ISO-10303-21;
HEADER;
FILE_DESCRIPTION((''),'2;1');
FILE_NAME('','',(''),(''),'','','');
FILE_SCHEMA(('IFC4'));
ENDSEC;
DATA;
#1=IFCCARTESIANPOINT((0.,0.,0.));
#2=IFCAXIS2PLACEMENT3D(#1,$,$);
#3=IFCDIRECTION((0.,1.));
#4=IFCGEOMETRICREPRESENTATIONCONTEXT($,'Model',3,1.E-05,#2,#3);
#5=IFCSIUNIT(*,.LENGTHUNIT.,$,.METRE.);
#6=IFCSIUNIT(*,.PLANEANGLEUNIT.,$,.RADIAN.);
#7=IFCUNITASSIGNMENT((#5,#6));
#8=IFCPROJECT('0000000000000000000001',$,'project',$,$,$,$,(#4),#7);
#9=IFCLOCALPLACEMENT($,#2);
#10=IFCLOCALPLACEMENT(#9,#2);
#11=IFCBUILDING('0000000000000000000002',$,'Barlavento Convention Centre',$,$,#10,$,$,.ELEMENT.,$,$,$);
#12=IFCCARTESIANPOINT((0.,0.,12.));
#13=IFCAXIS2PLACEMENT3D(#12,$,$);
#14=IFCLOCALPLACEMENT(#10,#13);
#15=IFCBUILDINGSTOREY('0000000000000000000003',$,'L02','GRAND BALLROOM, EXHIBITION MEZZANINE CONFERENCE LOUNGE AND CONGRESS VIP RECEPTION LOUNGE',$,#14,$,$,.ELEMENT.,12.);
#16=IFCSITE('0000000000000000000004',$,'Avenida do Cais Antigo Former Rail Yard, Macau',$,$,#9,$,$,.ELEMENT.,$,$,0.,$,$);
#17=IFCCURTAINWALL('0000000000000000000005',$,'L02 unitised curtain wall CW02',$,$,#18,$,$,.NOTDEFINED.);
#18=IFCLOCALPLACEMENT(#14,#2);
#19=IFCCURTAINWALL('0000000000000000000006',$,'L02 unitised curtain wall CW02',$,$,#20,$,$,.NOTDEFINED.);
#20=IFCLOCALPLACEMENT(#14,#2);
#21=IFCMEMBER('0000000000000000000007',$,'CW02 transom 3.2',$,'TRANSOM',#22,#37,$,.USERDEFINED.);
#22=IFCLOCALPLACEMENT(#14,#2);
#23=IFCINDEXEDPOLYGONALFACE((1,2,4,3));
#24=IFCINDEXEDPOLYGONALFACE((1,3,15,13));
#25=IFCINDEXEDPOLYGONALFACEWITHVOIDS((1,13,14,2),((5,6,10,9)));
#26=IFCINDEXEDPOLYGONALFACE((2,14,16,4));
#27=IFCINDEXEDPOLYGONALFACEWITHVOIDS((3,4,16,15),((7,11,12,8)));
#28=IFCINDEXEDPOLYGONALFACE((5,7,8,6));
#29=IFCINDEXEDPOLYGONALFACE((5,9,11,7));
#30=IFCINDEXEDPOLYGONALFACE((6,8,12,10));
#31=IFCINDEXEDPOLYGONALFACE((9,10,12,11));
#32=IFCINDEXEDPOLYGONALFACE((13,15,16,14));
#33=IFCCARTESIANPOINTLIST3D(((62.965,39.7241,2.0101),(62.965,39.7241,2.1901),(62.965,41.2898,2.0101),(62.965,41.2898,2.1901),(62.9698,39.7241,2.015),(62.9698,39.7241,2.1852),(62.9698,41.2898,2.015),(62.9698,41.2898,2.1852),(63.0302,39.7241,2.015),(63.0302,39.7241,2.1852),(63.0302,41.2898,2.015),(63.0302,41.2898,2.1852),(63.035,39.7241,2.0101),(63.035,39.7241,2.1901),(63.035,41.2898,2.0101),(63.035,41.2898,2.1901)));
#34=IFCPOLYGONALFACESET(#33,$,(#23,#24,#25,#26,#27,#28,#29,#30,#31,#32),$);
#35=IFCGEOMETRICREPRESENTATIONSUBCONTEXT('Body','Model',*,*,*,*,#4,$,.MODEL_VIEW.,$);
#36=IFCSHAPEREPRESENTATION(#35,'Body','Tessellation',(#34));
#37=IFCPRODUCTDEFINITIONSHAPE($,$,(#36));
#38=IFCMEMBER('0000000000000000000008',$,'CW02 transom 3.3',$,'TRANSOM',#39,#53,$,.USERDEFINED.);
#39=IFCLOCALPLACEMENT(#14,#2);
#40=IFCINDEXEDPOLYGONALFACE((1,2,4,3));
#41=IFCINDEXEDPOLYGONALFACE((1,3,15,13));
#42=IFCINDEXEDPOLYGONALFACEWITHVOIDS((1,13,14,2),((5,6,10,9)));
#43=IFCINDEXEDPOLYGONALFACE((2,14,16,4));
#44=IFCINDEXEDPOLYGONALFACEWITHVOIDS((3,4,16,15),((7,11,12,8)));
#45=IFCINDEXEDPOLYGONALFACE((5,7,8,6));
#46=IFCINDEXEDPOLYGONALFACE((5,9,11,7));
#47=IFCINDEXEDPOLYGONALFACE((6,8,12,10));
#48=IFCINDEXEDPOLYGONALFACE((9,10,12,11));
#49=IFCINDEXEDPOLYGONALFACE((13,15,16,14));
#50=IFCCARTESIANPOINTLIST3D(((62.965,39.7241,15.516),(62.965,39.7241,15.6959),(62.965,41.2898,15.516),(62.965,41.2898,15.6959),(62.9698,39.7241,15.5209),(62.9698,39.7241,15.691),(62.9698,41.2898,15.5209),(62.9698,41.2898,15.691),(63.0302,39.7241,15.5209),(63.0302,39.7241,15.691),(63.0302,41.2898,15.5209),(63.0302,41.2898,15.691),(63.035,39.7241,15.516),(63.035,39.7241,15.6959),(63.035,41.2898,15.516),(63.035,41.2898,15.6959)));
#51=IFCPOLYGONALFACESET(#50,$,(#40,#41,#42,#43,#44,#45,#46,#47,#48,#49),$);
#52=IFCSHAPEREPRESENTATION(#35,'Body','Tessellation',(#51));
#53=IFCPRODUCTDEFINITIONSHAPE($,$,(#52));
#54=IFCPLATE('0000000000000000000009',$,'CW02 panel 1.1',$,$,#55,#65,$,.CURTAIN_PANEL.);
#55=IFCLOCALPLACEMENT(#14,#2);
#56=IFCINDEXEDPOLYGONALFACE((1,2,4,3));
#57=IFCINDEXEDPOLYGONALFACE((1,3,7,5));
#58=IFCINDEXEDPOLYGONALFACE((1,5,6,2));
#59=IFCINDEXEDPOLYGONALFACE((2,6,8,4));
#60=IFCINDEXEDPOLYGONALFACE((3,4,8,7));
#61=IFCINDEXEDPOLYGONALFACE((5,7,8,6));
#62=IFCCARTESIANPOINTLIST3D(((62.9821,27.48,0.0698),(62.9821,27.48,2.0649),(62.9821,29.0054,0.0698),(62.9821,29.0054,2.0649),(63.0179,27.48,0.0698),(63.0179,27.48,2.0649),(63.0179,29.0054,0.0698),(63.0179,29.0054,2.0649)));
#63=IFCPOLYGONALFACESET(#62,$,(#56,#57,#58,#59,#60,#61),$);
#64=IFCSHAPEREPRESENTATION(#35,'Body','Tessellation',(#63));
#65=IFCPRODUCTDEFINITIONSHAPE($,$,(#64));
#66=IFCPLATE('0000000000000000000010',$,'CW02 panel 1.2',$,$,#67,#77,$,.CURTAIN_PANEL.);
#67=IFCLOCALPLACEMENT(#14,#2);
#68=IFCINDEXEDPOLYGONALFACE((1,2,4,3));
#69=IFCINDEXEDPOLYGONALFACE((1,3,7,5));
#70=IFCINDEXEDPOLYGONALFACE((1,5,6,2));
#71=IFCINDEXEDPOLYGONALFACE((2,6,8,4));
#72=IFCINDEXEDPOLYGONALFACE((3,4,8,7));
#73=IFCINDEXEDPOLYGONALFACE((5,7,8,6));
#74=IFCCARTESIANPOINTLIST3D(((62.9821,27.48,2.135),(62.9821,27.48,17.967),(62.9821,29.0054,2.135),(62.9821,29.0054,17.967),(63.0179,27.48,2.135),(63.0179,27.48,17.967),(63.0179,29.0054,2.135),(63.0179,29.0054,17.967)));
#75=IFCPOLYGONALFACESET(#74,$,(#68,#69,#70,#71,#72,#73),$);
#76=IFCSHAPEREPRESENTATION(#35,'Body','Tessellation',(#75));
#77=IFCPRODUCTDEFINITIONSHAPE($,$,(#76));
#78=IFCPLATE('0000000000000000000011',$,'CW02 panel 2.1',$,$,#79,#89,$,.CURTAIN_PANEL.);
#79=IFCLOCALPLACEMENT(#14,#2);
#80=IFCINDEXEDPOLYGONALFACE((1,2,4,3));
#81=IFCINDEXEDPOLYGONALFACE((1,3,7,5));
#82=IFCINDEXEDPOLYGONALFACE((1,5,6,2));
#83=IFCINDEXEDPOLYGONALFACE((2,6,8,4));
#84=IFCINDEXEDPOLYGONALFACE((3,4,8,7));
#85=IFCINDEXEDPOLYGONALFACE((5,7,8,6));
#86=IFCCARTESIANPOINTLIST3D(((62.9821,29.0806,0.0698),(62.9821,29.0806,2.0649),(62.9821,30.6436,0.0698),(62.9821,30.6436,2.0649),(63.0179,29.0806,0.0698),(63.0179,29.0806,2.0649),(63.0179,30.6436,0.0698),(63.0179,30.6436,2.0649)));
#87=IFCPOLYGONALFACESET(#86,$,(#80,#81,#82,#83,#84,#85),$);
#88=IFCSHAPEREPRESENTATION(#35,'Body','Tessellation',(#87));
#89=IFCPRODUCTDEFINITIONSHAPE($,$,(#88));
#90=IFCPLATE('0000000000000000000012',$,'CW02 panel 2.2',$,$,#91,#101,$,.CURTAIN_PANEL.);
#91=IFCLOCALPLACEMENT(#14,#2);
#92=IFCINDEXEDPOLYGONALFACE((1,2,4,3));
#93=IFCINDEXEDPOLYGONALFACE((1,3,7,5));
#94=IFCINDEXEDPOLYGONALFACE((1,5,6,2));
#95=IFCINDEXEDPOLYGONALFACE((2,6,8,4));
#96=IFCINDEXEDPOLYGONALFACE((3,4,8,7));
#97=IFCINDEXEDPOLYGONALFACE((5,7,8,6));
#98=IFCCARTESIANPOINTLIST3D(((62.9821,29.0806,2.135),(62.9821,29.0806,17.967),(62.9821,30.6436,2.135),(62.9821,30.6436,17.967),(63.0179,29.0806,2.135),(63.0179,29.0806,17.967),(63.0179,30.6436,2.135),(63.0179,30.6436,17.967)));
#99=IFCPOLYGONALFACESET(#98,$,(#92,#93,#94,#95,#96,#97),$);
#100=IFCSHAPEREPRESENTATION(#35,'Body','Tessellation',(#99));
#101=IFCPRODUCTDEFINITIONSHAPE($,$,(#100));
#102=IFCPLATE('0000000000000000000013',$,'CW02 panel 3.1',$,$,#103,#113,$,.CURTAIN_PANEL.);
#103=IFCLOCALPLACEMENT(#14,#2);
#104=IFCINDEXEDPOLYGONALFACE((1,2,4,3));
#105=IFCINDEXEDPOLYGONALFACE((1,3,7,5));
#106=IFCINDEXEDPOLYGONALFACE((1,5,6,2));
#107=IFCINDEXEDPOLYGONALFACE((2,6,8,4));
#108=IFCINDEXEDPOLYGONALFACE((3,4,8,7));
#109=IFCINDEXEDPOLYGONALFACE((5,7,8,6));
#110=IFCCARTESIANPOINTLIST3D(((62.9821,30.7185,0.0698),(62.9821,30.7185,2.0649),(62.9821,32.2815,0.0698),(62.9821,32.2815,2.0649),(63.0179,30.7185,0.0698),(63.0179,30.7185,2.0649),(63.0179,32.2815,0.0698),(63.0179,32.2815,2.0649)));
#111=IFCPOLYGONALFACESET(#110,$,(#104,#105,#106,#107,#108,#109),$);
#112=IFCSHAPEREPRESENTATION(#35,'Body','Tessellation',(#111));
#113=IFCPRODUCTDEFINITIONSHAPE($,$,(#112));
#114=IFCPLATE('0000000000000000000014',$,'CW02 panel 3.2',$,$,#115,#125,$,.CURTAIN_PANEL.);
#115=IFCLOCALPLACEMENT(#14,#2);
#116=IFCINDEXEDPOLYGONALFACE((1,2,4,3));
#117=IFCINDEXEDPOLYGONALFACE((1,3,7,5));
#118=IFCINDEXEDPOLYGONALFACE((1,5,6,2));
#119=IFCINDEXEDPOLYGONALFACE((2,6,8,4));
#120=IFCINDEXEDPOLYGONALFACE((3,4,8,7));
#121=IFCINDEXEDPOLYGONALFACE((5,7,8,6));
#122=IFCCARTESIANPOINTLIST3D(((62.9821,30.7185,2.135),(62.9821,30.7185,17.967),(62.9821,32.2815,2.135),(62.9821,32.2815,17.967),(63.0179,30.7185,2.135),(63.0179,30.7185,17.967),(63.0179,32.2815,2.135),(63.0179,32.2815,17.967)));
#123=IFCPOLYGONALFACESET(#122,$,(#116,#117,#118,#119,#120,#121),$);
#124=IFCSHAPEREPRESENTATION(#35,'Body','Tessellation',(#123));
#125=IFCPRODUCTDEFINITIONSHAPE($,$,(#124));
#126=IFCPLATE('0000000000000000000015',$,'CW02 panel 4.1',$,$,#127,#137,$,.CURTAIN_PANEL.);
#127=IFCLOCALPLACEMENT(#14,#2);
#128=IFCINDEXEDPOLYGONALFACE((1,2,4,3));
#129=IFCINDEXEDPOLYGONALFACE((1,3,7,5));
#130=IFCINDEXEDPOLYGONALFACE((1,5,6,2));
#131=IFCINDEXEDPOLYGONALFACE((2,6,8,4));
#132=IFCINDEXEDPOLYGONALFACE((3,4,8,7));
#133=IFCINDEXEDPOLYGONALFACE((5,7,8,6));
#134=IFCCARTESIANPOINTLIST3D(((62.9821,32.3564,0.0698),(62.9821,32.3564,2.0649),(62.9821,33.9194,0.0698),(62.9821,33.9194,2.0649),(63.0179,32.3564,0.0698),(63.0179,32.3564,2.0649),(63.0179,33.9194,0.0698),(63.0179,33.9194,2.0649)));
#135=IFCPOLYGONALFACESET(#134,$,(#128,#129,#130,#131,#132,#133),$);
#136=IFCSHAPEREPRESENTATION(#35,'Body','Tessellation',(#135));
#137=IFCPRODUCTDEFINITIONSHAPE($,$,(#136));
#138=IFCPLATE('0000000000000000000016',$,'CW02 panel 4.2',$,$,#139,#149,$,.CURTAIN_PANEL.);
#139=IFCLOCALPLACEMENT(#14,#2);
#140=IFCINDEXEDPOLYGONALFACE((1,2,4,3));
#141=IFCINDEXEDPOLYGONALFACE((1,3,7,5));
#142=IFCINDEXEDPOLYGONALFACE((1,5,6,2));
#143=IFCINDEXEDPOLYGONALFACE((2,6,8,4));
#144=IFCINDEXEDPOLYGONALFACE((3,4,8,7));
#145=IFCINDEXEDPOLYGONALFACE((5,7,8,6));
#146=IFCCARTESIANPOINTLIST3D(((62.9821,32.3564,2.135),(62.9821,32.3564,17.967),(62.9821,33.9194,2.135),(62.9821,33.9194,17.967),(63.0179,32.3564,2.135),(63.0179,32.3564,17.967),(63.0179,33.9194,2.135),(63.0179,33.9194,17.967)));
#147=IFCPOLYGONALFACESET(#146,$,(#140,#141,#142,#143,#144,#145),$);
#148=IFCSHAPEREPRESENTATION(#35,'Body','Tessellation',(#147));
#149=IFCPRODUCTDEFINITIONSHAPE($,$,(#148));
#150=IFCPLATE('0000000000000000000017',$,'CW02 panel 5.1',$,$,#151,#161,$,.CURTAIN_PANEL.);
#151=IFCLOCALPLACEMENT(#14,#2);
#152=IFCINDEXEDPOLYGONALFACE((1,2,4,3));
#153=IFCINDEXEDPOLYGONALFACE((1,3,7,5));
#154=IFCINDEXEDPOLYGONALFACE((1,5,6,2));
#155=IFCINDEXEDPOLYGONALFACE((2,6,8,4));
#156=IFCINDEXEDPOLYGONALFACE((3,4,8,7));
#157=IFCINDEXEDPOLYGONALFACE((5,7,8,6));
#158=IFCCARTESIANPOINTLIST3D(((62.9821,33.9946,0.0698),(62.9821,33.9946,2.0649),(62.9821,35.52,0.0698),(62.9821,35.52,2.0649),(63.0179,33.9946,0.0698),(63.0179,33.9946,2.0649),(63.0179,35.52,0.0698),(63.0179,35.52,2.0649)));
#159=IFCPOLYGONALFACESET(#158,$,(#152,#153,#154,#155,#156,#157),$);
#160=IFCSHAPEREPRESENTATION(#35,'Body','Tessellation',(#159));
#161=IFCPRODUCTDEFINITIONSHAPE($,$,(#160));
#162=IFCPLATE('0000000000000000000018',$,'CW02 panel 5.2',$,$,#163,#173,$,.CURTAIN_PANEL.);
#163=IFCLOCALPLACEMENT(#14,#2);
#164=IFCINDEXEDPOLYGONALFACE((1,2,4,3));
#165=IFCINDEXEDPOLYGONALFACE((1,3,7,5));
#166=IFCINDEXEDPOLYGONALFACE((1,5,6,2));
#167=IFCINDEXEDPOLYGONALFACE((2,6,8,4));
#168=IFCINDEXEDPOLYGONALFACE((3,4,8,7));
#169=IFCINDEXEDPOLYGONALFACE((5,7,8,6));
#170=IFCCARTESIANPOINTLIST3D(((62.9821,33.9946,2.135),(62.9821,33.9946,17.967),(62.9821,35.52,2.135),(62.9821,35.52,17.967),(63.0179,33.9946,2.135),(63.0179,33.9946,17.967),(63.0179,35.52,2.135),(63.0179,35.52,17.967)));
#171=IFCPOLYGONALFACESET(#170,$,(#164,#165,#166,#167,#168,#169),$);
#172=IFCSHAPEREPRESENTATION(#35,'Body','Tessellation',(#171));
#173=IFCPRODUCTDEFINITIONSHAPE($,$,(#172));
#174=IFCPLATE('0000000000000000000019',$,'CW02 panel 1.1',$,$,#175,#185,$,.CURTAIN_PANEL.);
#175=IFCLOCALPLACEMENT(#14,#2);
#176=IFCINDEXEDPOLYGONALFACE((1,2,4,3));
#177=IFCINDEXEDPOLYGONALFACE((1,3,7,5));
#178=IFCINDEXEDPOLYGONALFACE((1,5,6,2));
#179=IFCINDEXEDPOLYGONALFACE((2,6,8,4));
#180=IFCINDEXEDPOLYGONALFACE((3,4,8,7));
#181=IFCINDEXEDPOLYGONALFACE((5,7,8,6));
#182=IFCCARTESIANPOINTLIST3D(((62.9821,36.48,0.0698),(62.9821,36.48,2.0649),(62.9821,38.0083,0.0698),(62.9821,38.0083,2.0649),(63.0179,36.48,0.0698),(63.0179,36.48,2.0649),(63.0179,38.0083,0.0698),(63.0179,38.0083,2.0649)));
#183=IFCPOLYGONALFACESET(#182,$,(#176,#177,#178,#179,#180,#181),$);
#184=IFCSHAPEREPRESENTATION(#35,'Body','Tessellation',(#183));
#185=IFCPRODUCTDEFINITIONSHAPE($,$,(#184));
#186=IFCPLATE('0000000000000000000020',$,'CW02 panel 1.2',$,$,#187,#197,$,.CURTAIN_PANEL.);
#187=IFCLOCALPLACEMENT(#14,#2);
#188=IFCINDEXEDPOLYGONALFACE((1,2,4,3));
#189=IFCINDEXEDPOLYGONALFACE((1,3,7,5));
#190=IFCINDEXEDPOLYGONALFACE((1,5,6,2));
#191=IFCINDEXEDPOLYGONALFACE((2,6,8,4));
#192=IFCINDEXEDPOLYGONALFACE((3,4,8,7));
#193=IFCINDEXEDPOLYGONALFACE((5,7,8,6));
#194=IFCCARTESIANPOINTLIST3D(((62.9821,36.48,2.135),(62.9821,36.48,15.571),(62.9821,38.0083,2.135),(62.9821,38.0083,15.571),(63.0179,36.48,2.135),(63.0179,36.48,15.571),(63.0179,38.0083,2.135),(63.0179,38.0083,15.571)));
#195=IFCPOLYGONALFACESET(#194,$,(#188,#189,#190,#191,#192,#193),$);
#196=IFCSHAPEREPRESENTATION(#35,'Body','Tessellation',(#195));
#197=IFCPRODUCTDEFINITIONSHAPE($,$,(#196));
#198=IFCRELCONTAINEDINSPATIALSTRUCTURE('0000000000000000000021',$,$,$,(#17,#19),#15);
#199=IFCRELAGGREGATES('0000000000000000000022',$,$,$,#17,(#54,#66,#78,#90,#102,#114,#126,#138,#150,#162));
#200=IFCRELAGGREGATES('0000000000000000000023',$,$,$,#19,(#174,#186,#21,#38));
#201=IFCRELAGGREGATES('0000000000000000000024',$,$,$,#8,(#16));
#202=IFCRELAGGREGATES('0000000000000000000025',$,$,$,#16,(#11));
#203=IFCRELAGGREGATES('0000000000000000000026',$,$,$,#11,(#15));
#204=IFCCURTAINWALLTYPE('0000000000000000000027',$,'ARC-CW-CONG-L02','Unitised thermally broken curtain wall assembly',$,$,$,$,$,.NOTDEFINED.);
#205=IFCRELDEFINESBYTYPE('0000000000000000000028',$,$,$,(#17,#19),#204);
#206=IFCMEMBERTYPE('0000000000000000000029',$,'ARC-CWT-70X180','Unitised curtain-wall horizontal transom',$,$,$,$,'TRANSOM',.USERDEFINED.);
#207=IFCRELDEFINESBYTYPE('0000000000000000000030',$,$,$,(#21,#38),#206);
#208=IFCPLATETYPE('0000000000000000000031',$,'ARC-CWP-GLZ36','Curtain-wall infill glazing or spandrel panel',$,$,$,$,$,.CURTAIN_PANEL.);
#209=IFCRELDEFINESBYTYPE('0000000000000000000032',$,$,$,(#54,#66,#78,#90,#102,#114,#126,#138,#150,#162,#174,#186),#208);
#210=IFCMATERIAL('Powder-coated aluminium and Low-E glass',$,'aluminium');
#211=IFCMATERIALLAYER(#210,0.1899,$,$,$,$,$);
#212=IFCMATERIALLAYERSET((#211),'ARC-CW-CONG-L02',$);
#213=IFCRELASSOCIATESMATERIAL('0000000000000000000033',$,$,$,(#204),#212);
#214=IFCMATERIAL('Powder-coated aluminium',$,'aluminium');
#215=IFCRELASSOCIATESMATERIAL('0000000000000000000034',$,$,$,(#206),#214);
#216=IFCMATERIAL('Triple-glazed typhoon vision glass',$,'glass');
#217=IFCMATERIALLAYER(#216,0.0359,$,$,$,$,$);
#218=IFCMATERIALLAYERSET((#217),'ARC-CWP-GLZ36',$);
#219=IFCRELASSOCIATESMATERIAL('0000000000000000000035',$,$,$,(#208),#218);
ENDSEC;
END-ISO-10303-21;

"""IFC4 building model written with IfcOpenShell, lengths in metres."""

from ifc_helpers import new_model, si_unit, direction, frame, origin, origin_2d, place, context, subcontext, project, spatial, rectangle, hollow_rectangle, extrude, material, layer, layer_set, material_profile, profile_set, type_object, element, aggregate, save


model = new_model("IFC4")

# Units and contexts
model_context = context("Model", 3, precision=1e-05, world=origin(), true_north=direction((0.0, 1.0)))
body_context = subcontext(model_context, "Body", "Model", "MODEL_VIEW")
ifc_project = project(units=[si_unit("LENGTHUNIT", "METRE"), si_unit("PLANEANGLEUNIT", "RADIAN")], contexts=[model_context])

# Site, building, storey
site_placement = place(None, origin())
site = spatial("IfcSite", under=ifc_project, at=site_placement, Name="Avenida do Cais Antigo Former Rail Yard, Macau", CompositionType="ELEMENT", RefElevation=0.0)
building_placement = place(site_placement, origin())
building = spatial("IfcBuilding", under=site, at=building_placement, Name="Barlavento Convention Centre", CompositionType="ELEMENT")
storey_placement = place(building_placement, frame((0.0, 0.0, 12.0)))
storey = spatial("IfcBuildingStorey", under=building, at=storey_placement, Name="L02", Description="GRAND BALLROOM, EXHIBITION MEZZANINE CONFERENCE LOUNGE AND CONGRESS VIP RECEPTION LOUNGE", CompositionType="ELEMENT", Elevation=12.0)

# Curtain walls, members
ifc_material_1 = material(Name="Powder-coated aluminium and Low-E glass", Category="aluminium")
ifc_layer_1 = layer(ifc_material_1, 0.1899)
ifc_layer_set_1 = layer_set([ifc_layer_1], Name="ARC-CW-CONG-L02")
curtain_wall_type = type_object("IfcCurtainWallType", Name="ARC-CW-CONG-L02", Description="Unitised thermally broken curtain wall assembly", PredefinedType="NOTDEFINED", material=ifc_layer_set_1)
curtain_wall_1_placement = place(storey_placement, origin())
curtain_wall_1 = element("IfcCurtainWall", 1, at=curtain_wall_1_placement, inside=storey, type_object=curtain_wall_type, Name="L02 unitised curtain wall CW02", PredefinedType="NOTDEFINED")
ifc_material_2 = material(Name="Powder-coated aluminium", Category="aluminium")
ifc_material_profile = material_profile(ifc_material_2, hollow_rectangle(XDim=0.0701, YDim=0.1799, WallThickness=0.0049, at=origin_2d()), Name="AL-TRAN 70x180x5")
ifc_profile_set = profile_set([ifc_material_profile], Name="Powder-coated aluminium")
member_type = type_object("IfcMemberType", Name="ARC-CWT-70X180", Description="Unitised curtain-wall horizontal transom", ElementType="TRANSOM", PredefinedType="USERDEFINED", material=ifc_profile_set)
curtain_wall_2_placement = place(storey_placement, origin())
curtain_wall_2 = element("IfcCurtainWall", 2, at=curtain_wall_2_placement, inside=storey, type_object=curtain_wall_type, Name="L02 unitised curtain wall CW02", PredefinedType="NOTDEFINED")
member_1_placement = place(storey_placement, frame((63.0, 39.7241, 2.1001), z_axis=(0.0, 1.0, 0.0), x_axis=(-1.0, 0.0, 0.0)))
member_1 = element("IfcMember", 3, at=member_1_placement, type_object=member_type, Name="CW02 transom 3.2", ObjectType="TRANSOM", PredefinedType="USERDEFINED", context=body_context, shape_type="SweptSolid", body=[
    extrude(hollow_rectangle(XDim=0.0701, YDim=0.1799, WallThickness=0.0049, at=origin_2d()), origin(), (0.0, 0.0, 1.0), 1.5657),
])
member_2_placement = place(storey_placement, frame((63.0, 39.7241, 15.606), z_axis=(0.0, 1.0, 0.0), x_axis=(-1.0, 0.0, 0.0)))
member_2 = element("IfcMember", 4, at=member_2_placement, type_object=member_type, Name="CW02 transom 3.3", ObjectType="TRANSOM", PredefinedType="USERDEFINED", context=body_context, shape_type="SweptSolid", body=[
    extrude(hollow_rectangle(XDim=0.0701, YDim=0.1799, WallThickness=0.0049, at=origin_2d()), origin(), (0.0, 0.0, 1.0), 1.5657),
])

# Plates
ifc_material_3 = material(Name="Triple-glazed typhoon vision glass", Category="glass")
ifc_layer_2 = layer(ifc_material_3, 0.0359)
ifc_layer_set_2 = layer_set([ifc_layer_2], Name="ARC-CWP-GLZ36")
plate_type = type_object("IfcPlateType", Name="ARC-CWP-GLZ36", Description="Curtain-wall infill glazing or spandrel panel", PredefinedType="CURTAIN_PANEL", material=ifc_layer_set_2)
plate_1_placement = place(storey_placement, frame((63.0, 28.2427, 0.0698), z_axis=(0.0, 0.0, 1.0), x_axis=(0.0, 1.0, 0.0)))
plate_1 = element("IfcPlate", 5, at=plate_1_placement, type_object=plate_type, Name="CW02 panel 1.1", PredefinedType="CURTAIN_PANEL", context=body_context, shape_type="SweptSolid", body=[
    extrude(rectangle(XDim=1.5254, YDim=0.0359, at=origin_2d()), origin(), (0.0, 0.0, 1.0), 1.9951),
])
plate_2_placement = place(storey_placement, frame((63.0, 28.2427, 2.135), z_axis=(0.0, 0.0, 1.0), x_axis=(0.0, 1.0, 0.0)))
plate_2 = element("IfcPlate", 6, at=plate_2_placement, type_object=plate_type, Name="CW02 panel 1.2", PredefinedType="CURTAIN_PANEL", context=body_context, shape_type="SweptSolid", body=[
    extrude(rectangle(XDim=1.5254, YDim=0.0359, at=origin_2d()), origin(), (0.0, 0.0, 1.0), 15.832),
])
plate_3_placement = place(storey_placement, frame((63.0, 29.8621, 0.0698), z_axis=(0.0, 0.0, 1.0), x_axis=(0.0, 1.0, 0.0)))
plate_3 = element("IfcPlate", 7, at=plate_3_placement, type_object=plate_type, Name="CW02 panel 2.1", PredefinedType="CURTAIN_PANEL", context=body_context, shape_type="SweptSolid", body=[
    extrude(rectangle(XDim=1.563, YDim=0.0359, at=origin_2d()), origin(), (0.0, 0.0, 1.0), 1.9951),
])
plate_4_placement = place(storey_placement, frame((63.0, 29.8621, 2.135), z_axis=(0.0, 0.0, 1.0), x_axis=(0.0, 1.0, 0.0)))
plate_4 = element("IfcPlate", 8, at=plate_4_placement, type_object=plate_type, Name="CW02 panel 2.2", PredefinedType="CURTAIN_PANEL", context=body_context, shape_type="SweptSolid", body=[
    extrude(rectangle(XDim=1.563, YDim=0.0359, at=origin_2d()), origin(), (0.0, 0.0, 1.0), 15.832),
])
plate_5_placement = place(storey_placement, frame((63.0, 31.5, 0.0698), z_axis=(0.0, 0.0, 1.0), x_axis=(0.0, 1.0, 0.0)))
plate_5 = element("IfcPlate", 9, at=plate_5_placement, type_object=plate_type, Name="CW02 panel 3.1", PredefinedType="CURTAIN_PANEL", context=body_context, shape_type="SweptSolid", body=[
    extrude(rectangle(XDim=1.563, YDim=0.0359, at=origin_2d()), origin(), (0.0, 0.0, 1.0), 1.9951),
])
plate_6_placement = place(storey_placement, frame((63.0, 31.5, 2.135), z_axis=(0.0, 0.0, 1.0), x_axis=(0.0, 1.0, 0.0)))
plate_6 = element("IfcPlate", 10, at=plate_6_placement, type_object=plate_type, Name="CW02 panel 3.2", PredefinedType="CURTAIN_PANEL", context=body_context, shape_type="SweptSolid", body=[
    extrude(rectangle(XDim=1.563, YDim=0.0359, at=origin_2d()), origin(), (0.0, 0.0, 1.0), 15.832),
])
plate_7_placement = place(storey_placement, frame((63.0, 33.1379, 0.0698), z_axis=(0.0, 0.0, 1.0), x_axis=(0.0, 1.0, 0.0)))
plate_7 = element("IfcPlate", 11, at=plate_7_placement, type_object=plate_type, Name="CW02 panel 4.1", PredefinedType="CURTAIN_PANEL", context=body_context, shape_type="SweptSolid", body=[
    extrude(rectangle(XDim=1.563, YDim=0.0359, at=origin_2d()), origin(), (0.0, 0.0, 1.0), 1.9951),
])
plate_8_placement = place(storey_placement, frame((63.0, 33.1379, 2.135), z_axis=(0.0, 0.0, 1.0), x_axis=(0.0, 1.0, 0.0)))
plate_8 = element("IfcPlate", 12, at=plate_8_placement, type_object=plate_type, Name="CW02 panel 4.2", PredefinedType="CURTAIN_PANEL", context=body_context, shape_type="SweptSolid", body=[
    extrude(rectangle(XDim=1.563, YDim=0.0359, at=origin_2d()), origin(), (0.0, 0.0, 1.0), 15.832),
])
plate_9_placement = place(storey_placement, frame((63.0, 34.7573, 0.0698), z_axis=(0.0, 0.0, 1.0), x_axis=(0.0, 1.0, 0.0)))
plate_9 = element("IfcPlate", 13, at=plate_9_placement, type_object=plate_type, Name="CW02 panel 5.1", PredefinedType="CURTAIN_PANEL", context=body_context, shape_type="SweptSolid", body=[
    extrude(rectangle(XDim=1.5254, YDim=0.0359, at=origin_2d()), origin(), (0.0, 0.0, 1.0), 1.9951),
])
plate_10_placement = place(storey_placement, frame((63.0, 34.7573, 2.135), z_axis=(0.0, 0.0, 1.0), x_axis=(0.0, 1.0, 0.0)))
plate_10 = element("IfcPlate", 14, at=plate_10_placement, type_object=plate_type, Name="CW02 panel 5.2", PredefinedType="CURTAIN_PANEL", context=body_context, shape_type="SweptSolid", body=[
    extrude(rectangle(XDim=1.5254, YDim=0.0359, at=origin_2d()), origin(), (0.0, 0.0, 1.0), 15.832),
])
aggregate(curtain_wall_1, [plate_1, plate_2, plate_3, plate_4, plate_5, plate_6, plate_7, plate_8, plate_9, plate_10])
plate_11_placement = place(storey_placement, frame((63.0, 37.2441, 0.0698), z_axis=(0.0, 0.0, 1.0), x_axis=(0.0, 1.0, 0.0)))
plate_11 = element("IfcPlate", 15, at=plate_11_placement, type_object=plate_type, Name="CW02 panel 1.1", PredefinedType="CURTAIN_PANEL", context=body_context, shape_type="SweptSolid", body=[
    extrude(rectangle(XDim=1.5283, YDim=0.0359, at=origin_2d()), origin(), (0.0, 0.0, 1.0), 1.9951),
])
plate_12_placement = place(storey_placement, frame((63.0, 37.2441, 2.135), z_axis=(0.0, 0.0, 1.0), x_axis=(0.0, 1.0, 0.0)))
plate_12 = element("IfcPlate", 16, at=plate_12_placement, type_object=plate_type, Name="CW02 panel 1.2", PredefinedType="CURTAIN_PANEL", context=body_context, shape_type="SweptSolid", body=[
    extrude(rectangle(XDim=1.5283, YDim=0.0359, at=origin_2d()), origin(), (0.0, 0.0, 1.0), 13.436),
])
aggregate(curtain_wall_2, [plate_11, plate_12, member_1, member_2])

save(model, "model.ifc")
